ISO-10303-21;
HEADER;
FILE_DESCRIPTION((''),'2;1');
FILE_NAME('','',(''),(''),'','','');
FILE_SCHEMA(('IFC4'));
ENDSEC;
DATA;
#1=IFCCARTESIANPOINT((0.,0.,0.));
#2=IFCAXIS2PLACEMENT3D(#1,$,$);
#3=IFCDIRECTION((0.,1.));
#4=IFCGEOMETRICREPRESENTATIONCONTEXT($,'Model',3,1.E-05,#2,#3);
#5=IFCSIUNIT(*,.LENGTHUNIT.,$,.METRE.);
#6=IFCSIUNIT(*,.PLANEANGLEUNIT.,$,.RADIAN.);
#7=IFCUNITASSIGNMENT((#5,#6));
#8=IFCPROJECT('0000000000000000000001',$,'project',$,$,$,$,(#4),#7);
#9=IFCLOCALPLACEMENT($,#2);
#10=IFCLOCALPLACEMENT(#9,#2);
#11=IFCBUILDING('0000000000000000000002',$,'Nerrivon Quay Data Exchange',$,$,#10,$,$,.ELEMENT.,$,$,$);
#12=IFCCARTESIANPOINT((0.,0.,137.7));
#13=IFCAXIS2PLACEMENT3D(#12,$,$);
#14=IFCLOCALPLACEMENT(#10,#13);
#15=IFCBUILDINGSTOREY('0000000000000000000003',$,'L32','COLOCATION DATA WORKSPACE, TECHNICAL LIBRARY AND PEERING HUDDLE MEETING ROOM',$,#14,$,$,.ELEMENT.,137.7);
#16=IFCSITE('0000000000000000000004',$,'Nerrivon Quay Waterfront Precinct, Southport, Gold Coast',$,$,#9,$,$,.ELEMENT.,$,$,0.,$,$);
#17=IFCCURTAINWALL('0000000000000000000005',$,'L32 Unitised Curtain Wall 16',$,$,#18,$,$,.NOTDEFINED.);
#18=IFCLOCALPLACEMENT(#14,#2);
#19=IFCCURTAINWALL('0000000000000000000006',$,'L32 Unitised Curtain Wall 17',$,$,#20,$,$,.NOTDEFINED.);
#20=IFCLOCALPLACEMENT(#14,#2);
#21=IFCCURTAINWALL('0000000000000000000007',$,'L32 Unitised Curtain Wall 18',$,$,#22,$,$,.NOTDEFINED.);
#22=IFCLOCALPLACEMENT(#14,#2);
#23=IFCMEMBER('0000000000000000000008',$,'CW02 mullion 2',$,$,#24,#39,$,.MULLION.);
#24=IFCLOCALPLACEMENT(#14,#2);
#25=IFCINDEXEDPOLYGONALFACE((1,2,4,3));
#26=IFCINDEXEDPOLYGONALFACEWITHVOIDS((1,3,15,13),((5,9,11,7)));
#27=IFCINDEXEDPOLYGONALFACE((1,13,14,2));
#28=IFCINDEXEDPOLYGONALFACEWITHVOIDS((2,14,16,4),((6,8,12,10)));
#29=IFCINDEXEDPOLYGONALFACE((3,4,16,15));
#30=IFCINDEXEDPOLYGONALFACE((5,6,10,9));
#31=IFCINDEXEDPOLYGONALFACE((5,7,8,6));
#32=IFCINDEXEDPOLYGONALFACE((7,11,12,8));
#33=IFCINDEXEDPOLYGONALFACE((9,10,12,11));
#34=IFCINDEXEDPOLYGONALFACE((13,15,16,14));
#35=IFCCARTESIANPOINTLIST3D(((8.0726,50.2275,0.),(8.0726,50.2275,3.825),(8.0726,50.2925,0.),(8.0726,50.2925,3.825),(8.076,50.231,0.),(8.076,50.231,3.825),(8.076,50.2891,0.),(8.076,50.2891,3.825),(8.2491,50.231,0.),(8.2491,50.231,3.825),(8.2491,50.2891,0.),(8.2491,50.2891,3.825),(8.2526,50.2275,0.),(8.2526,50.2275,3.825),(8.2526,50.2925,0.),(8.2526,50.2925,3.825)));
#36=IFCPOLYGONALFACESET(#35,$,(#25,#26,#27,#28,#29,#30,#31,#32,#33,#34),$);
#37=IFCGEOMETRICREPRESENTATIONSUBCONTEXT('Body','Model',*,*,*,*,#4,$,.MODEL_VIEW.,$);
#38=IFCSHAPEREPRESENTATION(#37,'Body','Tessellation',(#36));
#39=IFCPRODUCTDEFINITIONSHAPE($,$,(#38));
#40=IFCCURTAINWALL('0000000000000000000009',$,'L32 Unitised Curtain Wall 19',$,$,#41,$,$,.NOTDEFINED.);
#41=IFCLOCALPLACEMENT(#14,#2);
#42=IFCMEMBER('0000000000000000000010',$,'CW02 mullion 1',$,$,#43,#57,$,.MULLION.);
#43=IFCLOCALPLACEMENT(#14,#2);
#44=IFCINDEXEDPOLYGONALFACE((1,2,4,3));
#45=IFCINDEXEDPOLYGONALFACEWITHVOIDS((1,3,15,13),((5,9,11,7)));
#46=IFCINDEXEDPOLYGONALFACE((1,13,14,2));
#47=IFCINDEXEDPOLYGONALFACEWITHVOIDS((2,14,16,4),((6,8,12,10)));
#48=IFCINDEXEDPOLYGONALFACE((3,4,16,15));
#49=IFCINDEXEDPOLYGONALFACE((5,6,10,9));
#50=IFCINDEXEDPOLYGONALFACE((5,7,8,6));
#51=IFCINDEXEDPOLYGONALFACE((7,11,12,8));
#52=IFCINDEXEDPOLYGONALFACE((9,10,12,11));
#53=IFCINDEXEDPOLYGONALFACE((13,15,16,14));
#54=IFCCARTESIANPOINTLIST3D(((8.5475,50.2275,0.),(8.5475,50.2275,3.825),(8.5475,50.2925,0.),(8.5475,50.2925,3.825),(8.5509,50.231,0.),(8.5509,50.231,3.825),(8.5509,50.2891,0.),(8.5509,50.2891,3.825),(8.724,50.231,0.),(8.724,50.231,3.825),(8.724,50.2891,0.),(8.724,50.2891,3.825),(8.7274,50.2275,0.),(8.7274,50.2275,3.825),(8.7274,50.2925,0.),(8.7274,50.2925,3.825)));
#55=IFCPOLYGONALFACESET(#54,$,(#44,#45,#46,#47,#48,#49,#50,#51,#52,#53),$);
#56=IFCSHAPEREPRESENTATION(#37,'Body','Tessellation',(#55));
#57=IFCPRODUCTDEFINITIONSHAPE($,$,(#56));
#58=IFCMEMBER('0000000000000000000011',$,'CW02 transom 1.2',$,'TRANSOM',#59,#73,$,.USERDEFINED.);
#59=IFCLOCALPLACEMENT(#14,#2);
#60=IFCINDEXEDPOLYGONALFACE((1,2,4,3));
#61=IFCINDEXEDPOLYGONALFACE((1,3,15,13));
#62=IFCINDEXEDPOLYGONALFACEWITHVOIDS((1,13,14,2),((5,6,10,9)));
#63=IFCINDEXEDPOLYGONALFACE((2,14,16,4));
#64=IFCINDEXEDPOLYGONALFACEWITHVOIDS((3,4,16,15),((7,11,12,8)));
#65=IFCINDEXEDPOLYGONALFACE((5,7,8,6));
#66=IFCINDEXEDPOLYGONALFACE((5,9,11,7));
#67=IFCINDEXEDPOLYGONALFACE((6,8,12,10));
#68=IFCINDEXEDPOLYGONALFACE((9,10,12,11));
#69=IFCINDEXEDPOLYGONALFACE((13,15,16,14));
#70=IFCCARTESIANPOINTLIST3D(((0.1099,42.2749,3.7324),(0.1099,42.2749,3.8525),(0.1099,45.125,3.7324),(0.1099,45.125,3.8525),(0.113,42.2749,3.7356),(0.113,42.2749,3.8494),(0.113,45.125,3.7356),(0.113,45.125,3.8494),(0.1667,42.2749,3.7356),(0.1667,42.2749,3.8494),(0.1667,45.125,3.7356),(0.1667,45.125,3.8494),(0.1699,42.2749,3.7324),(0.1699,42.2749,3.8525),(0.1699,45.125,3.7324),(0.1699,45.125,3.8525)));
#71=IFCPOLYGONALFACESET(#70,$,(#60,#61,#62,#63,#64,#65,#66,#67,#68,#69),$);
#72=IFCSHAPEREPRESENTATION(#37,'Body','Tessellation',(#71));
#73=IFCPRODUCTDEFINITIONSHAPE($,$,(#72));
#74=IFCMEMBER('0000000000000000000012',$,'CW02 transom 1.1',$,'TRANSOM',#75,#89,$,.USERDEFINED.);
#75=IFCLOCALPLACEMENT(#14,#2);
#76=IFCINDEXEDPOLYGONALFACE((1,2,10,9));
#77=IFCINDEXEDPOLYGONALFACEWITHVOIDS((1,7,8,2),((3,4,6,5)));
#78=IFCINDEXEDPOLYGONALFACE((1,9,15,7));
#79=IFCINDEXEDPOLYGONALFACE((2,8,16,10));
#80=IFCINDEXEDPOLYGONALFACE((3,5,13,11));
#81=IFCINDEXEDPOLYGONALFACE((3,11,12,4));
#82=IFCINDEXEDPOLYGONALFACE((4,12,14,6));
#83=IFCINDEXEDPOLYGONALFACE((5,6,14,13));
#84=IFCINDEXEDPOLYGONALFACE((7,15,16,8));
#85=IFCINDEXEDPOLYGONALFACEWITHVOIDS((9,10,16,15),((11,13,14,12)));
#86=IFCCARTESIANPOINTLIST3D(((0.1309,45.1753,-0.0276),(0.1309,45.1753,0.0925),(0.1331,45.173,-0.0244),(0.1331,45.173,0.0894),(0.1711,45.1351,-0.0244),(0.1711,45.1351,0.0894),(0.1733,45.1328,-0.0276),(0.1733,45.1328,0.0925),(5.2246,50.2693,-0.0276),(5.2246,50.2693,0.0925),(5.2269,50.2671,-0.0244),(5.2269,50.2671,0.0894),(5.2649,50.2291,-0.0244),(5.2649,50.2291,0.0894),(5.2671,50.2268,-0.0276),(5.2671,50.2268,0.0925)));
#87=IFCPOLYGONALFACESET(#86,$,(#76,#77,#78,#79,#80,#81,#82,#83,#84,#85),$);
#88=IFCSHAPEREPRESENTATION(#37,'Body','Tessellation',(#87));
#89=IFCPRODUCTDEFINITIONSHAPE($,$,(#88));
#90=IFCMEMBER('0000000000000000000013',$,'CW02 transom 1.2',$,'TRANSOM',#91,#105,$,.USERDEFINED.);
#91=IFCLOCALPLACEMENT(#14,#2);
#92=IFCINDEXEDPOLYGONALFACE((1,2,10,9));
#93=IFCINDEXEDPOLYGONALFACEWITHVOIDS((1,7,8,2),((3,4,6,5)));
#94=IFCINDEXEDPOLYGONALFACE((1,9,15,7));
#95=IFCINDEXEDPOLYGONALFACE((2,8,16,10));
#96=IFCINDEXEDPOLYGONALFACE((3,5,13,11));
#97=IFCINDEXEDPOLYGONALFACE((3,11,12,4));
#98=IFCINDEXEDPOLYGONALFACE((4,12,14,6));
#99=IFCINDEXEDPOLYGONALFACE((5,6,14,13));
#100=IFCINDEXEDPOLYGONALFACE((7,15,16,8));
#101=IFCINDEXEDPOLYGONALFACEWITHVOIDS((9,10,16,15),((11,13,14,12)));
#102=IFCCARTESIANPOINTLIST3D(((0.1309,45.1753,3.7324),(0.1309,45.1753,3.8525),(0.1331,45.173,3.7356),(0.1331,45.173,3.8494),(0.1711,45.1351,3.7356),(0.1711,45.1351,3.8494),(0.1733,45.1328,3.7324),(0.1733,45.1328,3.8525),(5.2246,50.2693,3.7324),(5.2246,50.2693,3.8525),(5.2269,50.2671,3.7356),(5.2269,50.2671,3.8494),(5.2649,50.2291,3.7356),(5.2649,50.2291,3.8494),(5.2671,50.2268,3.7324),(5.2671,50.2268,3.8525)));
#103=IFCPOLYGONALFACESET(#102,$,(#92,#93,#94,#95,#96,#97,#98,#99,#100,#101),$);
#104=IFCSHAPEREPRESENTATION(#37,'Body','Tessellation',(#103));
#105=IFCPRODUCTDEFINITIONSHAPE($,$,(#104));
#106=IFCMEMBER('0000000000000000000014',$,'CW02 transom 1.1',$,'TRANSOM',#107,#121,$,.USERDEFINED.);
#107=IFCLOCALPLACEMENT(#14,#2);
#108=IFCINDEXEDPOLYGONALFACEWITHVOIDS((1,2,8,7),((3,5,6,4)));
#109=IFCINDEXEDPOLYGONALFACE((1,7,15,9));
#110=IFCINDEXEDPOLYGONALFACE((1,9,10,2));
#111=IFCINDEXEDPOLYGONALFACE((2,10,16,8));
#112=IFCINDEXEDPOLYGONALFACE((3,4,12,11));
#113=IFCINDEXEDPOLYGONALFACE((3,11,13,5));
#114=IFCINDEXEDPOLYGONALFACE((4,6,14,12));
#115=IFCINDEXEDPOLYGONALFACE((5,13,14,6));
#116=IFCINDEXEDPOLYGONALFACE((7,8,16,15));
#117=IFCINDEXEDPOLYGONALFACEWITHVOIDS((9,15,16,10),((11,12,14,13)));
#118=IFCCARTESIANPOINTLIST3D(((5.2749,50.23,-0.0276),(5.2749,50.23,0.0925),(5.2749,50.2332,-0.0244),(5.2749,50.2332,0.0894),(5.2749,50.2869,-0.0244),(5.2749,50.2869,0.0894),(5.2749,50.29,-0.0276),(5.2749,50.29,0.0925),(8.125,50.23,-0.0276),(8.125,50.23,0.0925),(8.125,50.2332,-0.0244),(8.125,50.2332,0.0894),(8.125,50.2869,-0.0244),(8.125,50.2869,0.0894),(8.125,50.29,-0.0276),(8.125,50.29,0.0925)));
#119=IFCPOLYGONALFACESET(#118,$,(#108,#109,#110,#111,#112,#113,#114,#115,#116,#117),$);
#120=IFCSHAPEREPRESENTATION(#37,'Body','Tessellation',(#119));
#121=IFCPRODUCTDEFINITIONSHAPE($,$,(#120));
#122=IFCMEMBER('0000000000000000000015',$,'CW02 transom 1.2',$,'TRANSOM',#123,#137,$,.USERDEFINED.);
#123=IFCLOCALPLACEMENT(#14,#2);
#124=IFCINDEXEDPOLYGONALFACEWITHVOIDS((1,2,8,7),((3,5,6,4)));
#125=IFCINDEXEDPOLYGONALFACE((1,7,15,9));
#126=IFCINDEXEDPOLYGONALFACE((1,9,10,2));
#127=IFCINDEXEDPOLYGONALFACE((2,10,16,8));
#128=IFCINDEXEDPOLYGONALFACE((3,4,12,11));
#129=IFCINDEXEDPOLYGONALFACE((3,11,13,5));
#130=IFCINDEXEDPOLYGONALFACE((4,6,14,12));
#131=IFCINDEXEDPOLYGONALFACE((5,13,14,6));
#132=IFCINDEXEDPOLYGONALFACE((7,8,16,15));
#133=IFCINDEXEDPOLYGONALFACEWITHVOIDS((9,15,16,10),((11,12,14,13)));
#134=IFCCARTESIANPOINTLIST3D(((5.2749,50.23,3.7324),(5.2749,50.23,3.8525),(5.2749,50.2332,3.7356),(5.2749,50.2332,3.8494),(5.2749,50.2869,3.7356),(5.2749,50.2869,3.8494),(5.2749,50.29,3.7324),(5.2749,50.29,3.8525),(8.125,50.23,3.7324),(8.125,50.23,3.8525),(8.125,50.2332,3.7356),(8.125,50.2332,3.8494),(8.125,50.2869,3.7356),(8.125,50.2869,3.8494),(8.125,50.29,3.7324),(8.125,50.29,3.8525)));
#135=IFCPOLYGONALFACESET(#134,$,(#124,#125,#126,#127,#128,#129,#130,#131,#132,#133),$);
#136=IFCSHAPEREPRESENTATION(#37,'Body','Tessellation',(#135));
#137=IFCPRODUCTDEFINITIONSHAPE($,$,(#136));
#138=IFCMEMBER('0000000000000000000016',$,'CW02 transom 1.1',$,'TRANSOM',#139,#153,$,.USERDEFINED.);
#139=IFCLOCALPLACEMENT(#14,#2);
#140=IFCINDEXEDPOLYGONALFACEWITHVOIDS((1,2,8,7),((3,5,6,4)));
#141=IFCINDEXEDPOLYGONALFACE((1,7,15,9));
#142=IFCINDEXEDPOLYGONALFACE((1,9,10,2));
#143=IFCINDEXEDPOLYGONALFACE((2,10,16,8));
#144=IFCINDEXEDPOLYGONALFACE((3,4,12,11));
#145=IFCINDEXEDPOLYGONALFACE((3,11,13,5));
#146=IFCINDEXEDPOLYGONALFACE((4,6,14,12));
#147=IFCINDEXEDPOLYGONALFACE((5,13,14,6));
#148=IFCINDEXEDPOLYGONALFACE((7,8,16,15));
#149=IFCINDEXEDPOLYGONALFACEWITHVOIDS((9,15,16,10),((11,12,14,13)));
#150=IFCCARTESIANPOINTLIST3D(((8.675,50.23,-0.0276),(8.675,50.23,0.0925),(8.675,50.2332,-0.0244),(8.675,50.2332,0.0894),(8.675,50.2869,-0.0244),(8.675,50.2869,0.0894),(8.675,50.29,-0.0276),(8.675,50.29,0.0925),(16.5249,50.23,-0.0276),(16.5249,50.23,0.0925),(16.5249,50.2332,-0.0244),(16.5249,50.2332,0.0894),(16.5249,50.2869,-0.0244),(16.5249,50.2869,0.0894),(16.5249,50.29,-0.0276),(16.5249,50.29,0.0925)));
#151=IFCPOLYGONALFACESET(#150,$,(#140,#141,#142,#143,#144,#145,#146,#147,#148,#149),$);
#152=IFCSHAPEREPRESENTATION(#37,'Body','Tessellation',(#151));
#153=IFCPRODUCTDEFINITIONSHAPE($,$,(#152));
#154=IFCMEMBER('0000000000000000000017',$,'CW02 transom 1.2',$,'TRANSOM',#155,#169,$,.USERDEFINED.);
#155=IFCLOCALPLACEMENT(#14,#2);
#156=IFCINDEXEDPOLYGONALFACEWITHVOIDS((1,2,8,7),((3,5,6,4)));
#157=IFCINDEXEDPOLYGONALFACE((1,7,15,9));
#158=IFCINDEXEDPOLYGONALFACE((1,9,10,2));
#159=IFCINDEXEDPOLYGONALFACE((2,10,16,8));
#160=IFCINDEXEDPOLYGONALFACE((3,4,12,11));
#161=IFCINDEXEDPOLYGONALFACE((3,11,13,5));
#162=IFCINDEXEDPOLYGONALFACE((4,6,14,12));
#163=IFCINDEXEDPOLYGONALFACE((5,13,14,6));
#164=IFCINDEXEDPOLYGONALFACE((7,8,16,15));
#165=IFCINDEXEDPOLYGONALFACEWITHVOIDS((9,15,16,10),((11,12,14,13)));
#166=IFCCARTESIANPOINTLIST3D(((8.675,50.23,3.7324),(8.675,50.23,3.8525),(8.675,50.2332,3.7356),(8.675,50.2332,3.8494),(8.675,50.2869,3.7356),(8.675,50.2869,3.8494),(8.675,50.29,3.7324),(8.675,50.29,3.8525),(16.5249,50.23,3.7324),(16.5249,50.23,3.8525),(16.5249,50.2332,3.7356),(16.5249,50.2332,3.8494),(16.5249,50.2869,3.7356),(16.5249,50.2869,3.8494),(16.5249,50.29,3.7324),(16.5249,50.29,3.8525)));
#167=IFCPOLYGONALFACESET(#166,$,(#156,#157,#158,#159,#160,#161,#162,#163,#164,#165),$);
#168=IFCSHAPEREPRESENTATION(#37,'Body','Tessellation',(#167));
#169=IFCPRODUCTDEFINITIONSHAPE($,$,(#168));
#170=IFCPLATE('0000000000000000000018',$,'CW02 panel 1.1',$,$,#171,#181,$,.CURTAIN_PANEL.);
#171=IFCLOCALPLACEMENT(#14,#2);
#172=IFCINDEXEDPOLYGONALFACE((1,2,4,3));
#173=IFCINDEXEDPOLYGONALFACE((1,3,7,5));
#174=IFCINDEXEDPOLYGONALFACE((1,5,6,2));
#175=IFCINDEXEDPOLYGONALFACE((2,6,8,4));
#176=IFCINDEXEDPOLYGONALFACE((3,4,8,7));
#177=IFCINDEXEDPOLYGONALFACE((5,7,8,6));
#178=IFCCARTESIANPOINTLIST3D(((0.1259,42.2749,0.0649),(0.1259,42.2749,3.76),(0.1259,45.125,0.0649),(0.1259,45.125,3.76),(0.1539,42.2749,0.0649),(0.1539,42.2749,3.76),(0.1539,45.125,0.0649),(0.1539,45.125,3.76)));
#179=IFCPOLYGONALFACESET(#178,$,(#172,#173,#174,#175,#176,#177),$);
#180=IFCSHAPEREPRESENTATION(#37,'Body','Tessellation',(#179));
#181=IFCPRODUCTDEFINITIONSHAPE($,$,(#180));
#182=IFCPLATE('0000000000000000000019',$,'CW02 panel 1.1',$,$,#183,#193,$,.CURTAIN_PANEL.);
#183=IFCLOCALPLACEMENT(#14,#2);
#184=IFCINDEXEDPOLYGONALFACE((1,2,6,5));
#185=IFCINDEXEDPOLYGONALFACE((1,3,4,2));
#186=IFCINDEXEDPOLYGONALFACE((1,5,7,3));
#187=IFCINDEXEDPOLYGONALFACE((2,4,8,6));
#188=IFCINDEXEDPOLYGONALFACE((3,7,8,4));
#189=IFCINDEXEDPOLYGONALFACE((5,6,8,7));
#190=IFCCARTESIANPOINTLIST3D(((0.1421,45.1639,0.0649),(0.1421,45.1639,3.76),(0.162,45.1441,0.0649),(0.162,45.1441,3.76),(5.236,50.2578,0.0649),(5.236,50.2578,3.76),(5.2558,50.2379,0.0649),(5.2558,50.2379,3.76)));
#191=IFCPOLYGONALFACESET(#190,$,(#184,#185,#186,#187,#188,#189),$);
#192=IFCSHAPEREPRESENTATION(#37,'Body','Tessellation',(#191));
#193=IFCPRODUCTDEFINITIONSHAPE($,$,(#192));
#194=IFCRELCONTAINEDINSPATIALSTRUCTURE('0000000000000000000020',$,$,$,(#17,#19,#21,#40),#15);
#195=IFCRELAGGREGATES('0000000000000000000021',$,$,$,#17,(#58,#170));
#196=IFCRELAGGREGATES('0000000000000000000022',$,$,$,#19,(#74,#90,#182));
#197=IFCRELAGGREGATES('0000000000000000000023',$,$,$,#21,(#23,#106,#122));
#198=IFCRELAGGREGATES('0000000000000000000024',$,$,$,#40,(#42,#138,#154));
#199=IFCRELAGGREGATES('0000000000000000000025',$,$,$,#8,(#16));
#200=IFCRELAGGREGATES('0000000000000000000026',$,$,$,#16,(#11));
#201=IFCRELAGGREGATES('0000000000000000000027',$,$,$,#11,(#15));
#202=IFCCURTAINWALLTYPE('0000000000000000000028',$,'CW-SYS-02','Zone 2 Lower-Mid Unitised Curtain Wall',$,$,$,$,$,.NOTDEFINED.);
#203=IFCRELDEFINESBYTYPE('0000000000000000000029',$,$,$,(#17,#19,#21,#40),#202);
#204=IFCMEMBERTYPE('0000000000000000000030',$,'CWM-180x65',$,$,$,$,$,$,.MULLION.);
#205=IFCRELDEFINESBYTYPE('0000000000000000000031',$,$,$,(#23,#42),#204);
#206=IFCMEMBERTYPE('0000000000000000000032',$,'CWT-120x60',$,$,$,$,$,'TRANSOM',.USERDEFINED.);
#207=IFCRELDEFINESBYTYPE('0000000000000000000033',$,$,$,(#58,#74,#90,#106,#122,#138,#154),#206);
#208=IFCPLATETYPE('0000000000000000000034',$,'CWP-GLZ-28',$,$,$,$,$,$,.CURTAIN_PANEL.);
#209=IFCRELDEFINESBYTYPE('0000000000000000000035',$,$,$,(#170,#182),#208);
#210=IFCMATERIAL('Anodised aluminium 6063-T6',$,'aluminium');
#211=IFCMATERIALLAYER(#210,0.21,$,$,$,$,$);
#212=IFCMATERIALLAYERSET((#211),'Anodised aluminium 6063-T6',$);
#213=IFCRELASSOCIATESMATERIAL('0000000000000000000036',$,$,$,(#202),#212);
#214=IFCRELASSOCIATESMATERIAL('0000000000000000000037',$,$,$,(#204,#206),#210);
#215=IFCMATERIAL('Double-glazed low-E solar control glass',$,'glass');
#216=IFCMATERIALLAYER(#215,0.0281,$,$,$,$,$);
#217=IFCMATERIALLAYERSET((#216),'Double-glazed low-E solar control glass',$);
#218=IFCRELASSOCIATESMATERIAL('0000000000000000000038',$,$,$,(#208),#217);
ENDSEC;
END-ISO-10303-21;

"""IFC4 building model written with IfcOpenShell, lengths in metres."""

from ifc_helpers import new_model, si_unit, direction, frame, origin, origin_2d, place, context, subcontext, project, spatial, rectangle, hollow_rectangle, extrude, material, layer, layer_set, material_profile, profile_set, type_object, element, aggregate, save


model = new_model("IFC4")

# Units and contexts
model_context = context("Model", 3, precision=1e-05, world=origin(), true_north=direction((0.0, 1.0)))
body_context = subcontext(model_context, "Body", "Model", "MODEL_VIEW")
ifc_project = project(units=[si_unit("LENGTHUNIT", "METRE"), si_unit("PLANEANGLEUNIT", "RADIAN")], contexts=[model_context])

# Site, building, storey
site_placement = place(None, origin())
site = spatial("IfcSite", under=ifc_project, at=site_placement, Name="Nerrivon Quay Waterfront Precinct, Southport, Gold Coast", CompositionType="ELEMENT", RefElevation=0.0)
building_placement = place(site_placement, origin())
building = spatial("IfcBuilding", under=site, at=building_placement, Name="Nerrivon Quay Data Exchange", CompositionType="ELEMENT")
storey_placement = place(building_placement, frame((0.0, 0.0, 137.7)))
storey = spatial("IfcBuildingStorey", under=building, at=storey_placement, Name="L32", Description="COLOCATION DATA WORKSPACE, TECHNICAL LIBRARY AND PEERING HUDDLE MEETING ROOM", CompositionType="ELEMENT", Elevation=137.7)

# Curtain wall
ifc_material_1 = material(Name="Anodised aluminium 6063-T6", Category="aluminium")
ifc_layer_1 = layer(ifc_material_1, 0.21)
ifc_layer_set_1 = layer_set([ifc_layer_1], Name="Anodised aluminium 6063-T6")
curtain_wall_type = type_object("IfcCurtainWallType", Name="CW-SYS-02", Description="Zone 2 Lower-Mid Unitised Curtain Wall", PredefinedType="NOTDEFINED", material=ifc_layer_set_1)
curtain_wall_1_placement = place(storey_placement, origin())
curtain_wall_1 = element("IfcCurtainWall", 1, at=curtain_wall_1_placement, inside=storey, type_object=curtain_wall_type, Name="L32 Unitised Curtain Wall 16", PredefinedType="NOTDEFINED")
ifc_material_profile_1 = material_profile(ifc_material_1, hollow_rectangle(XDim=0.0649, YDim=0.1799, WallThickness=0.0034, at=origin_2d()), Name="ALU-MULL-180x65")
ifc_profile_set_1 = profile_set([ifc_material_profile_1], Name="Anodised aluminium 6063-T6")
member_type_1 = type_object("IfcMemberType", Name="CWM-180x65", PredefinedType="MULLION", material=ifc_profile_set_1)

# Curtain walls, member
curtain_wall_2_placement = place(storey_placement, origin())
curtain_wall_2 = element("IfcCurtainWall", 2, at=curtain_wall_2_placement, inside=storey, type_object=curtain_wall_type, Name="L32 Unitised Curtain Wall 17", PredefinedType="NOTDEFINED")
curtain_wall_3_placement = place(storey_placement, origin())
curtain_wall_3 = element("IfcCurtainWall", 3, at=curtain_wall_3_placement, inside=storey, type_object=curtain_wall_type, Name="L32 Unitised Curtain Wall 18", PredefinedType="NOTDEFINED")
member_1_placement = place(storey_placement, frame((8.1626, 50.26, 0.0), z_axis=(0.0, 0.0, 1.0), x_axis=(0.0, 1.0, 0.0)))
member_1 = element("IfcMember", 4, at=member_1_placement, type_object=member_type_1, Name="CW02 mullion 2", PredefinedType="MULLION", context=body_context, shape_type="SweptSolid", body=[
    extrude(hollow_rectangle(XDim=0.0649, YDim=0.1799, WallThickness=0.0034, at=origin_2d()), origin(), (0.0, 0.0, 1.0), 3.825),
])

# Curtain wall, member
curtain_wall_4_placement = place(storey_placement, origin())
curtain_wall_4 = element("IfcCurtainWall", 5, at=curtain_wall_4_placement, inside=storey, type_object=curtain_wall_type, Name="L32 Unitised Curtain Wall 19", PredefinedType="NOTDEFINED")
member_2_placement = place(storey_placement, frame((8.6375, 50.26, 0.0), z_axis=(0.0, 0.0, 1.0), x_axis=(0.0, 1.0, 0.0)))
member_2 = element("IfcMember", 6, at=member_2_placement, type_object=member_type_1, Name="CW02 mullion 1", PredefinedType="MULLION", context=body_context, shape_type="SweptSolid", body=[
    extrude(hollow_rectangle(XDim=0.0649, YDim=0.1799, WallThickness=0.0034, at=origin_2d()), origin(), (0.0, 0.0, 1.0), 3.825),
])

# Members
ifc_material_profile_2 = material_profile(ifc_material_1, hollow_rectangle(XDim=0.0601, YDim=0.1201, WallThickness=0.0032, at=origin_2d()), Name="ALU-TRAN-120x60")
ifc_profile_set_2 = profile_set([ifc_material_profile_2], Name="Anodised aluminium 6063-T6")
member_type_2 = type_object("IfcMemberType", Name="CWT-120x60", ElementType="TRANSOM", PredefinedType="USERDEFINED", material=ifc_profile_set_2)
member_3_placement = place(storey_placement, frame((0.1399, 42.2749, 3.7925), z_axis=(0.0, 1.0, 0.0), x_axis=(-1.0, 0.0, 0.0)))
member_3 = element("IfcMember", 7, at=member_3_placement, type_object=member_type_2, Name="CW02 transom 1.2", ObjectType="TRANSOM", PredefinedType="USERDEFINED", context=body_context, shape_type="SweptSolid", body=[
    extrude(hollow_rectangle(XDim=0.0601, YDim=0.1201, WallThickness=0.0032, at=origin_2d()), origin(), (0.0, 0.0, 1.0), 2.8501),
])
member_4_placement = place(storey_placement, frame((0.1521, 45.1541, 0.0325), z_axis=(0.70709, 0.707124, 0.0), x_axis=(-0.707124, 0.70709, 0.0)))
member_4 = element("IfcMember", 8, at=member_4_placement, type_object=member_type_2, Name="CW02 transom 1.1", ObjectType="TRANSOM", PredefinedType="USERDEFINED", context=body_context, shape_type="SweptSolid", body=[
    extrude(hollow_rectangle(XDim=0.0601, YDim=0.1201, WallThickness=0.0032, at=origin_2d()), origin(), (0.0, 0.0, 1.0), 7.2039),
])
member_5_placement = place(storey_placement, frame((0.1521, 45.1541, 3.7925), z_axis=(0.70709, 0.707124, 0.0), x_axis=(-0.707124, 0.70709, 0.0)))
member_5 = element("IfcMember", 9, at=member_5_placement, type_object=member_type_2, Name="CW02 transom 1.2", ObjectType="TRANSOM", PredefinedType="USERDEFINED", context=body_context, shape_type="SweptSolid", body=[
    extrude(hollow_rectangle(XDim=0.0601, YDim=0.1201, WallThickness=0.0032, at=origin_2d()), origin(), (0.0, 0.0, 1.0), 7.2039),
])
member_6_placement = place(storey_placement, frame((5.2749, 50.26, 0.0325), z_axis=(1.0, 0.0, 0.0), x_axis=(0.0, 1.0, 0.0)))
member_6 = element("IfcMember", 10, at=member_6_placement, type_object=member_type_2, Name="CW02 transom 1.1", ObjectType="TRANSOM", PredefinedType="USERDEFINED", context=body_context, shape_type="SweptSolid", body=[
    extrude(hollow_rectangle(XDim=0.0601, YDim=0.1201, WallThickness=0.0032, at=origin_2d()), origin(), (0.0, 0.0, 1.0), 2.8501),
])
member_7_placement = place(storey_placement, frame((5.2749, 50.26, 3.7925), z_axis=(1.0, 0.0, 0.0), x_axis=(0.0, 1.0, 0.0)))
member_7 = element("IfcMember", 11, at=member_7_placement, type_object=member_type_2, Name="CW02 transom 1.2", ObjectType="TRANSOM", PredefinedType="USERDEFINED", context=body_context, shape_type="SweptSolid", body=[
    extrude(hollow_rectangle(XDim=0.0601, YDim=0.1201, WallThickness=0.0032, at=origin_2d()), origin(), (0.0, 0.0, 1.0), 2.8501),
])
member_8_placement = place(storey_placement, frame((8.675, 50.26, 0.0325), z_axis=(1.0, 0.0, 0.0), x_axis=(0.0, 1.0, 0.0)))
member_8 = element("IfcMember", 12, at=member_8_placement, type_object=member_type_2, Name="CW02 transom 1.1", ObjectType="TRANSOM", PredefinedType="USERDEFINED", context=body_context, shape_type="SweptSolid", body=[
    extrude(hollow_rectangle(XDim=0.0601, YDim=0.1201, WallThickness=0.0032, at=origin_2d()), origin(), (0.0, 0.0, 1.0), 7.8499),
])
member_9_placement = place(storey_placement, frame((8.675, 50.26, 3.7925), z_axis=(1.0, 0.0, 0.0), x_axis=(0.0, 1.0, 0.0)))
member_9 = element("IfcMember", 13, at=member_9_placement, type_object=member_type_2, Name="CW02 transom 1.2", ObjectType="TRANSOM", PredefinedType="USERDEFINED", context=body_context, shape_type="SweptSolid", body=[
    extrude(hollow_rectangle(XDim=0.0601, YDim=0.1201, WallThickness=0.0032, at=origin_2d()), origin(), (0.0, 0.0, 1.0), 7.8499),
])

# Plates
ifc_material_2 = material(Name="Double-glazed low-E solar control glass", Category="glass")
ifc_layer_2 = layer(ifc_material_2, 0.0281)
ifc_layer_set_2 = layer_set([ifc_layer_2], Name="Double-glazed low-E solar control glass")
plate_type = type_object("IfcPlateType", Name="CWP-GLZ-28", PredefinedType="CURTAIN_PANEL", material=ifc_layer_set_2)
plate_1_placement = place(storey_placement, frame((0.1399, 43.7, 0.0649), z_axis=(0.0, 0.0, 1.0), x_axis=(0.0, 1.0, 0.0)))
plate_1 = element("IfcPlate", 14, at=plate_1_placement, type_object=plate_type, Name="CW02 panel 1.1", PredefinedType="CURTAIN_PANEL", context=body_context, shape_type="SweptSolid", body=[
    extrude(rectangle(XDim=2.8501, YDim=0.0281, at=origin_2d()), origin(), (0.0, 0.0, 1.0), 3.6951),
])
aggregate(curtain_wall_1, [member_3, plate_1])
plate_2_placement = place(storey_placement, frame((2.699, 47.7009, 0.0649), z_axis=(0.0, 0.0, 1.0), x_axis=(0.707107, 0.707107, 0.0)))
plate_2 = element("IfcPlate", 15, at=plate_2_placement, type_object=plate_type, Name="CW02 panel 1.1", PredefinedType="CURTAIN_PANEL", context=body_context, shape_type="SweptSolid", body=[
    extrude(rectangle(XDim=7.2039, YDim=0.0281, at=origin_2d()), origin(), (0.0, 0.0, 1.0), 3.6951),
])
aggregate(curtain_wall_2, [member_4, member_5, plate_2])
aggregate(curtain_wall_3, [member_1, member_6, member_7])
aggregate(curtain_wall_4, [member_2, member_8, member_9])

save(model, "model.ifc")
